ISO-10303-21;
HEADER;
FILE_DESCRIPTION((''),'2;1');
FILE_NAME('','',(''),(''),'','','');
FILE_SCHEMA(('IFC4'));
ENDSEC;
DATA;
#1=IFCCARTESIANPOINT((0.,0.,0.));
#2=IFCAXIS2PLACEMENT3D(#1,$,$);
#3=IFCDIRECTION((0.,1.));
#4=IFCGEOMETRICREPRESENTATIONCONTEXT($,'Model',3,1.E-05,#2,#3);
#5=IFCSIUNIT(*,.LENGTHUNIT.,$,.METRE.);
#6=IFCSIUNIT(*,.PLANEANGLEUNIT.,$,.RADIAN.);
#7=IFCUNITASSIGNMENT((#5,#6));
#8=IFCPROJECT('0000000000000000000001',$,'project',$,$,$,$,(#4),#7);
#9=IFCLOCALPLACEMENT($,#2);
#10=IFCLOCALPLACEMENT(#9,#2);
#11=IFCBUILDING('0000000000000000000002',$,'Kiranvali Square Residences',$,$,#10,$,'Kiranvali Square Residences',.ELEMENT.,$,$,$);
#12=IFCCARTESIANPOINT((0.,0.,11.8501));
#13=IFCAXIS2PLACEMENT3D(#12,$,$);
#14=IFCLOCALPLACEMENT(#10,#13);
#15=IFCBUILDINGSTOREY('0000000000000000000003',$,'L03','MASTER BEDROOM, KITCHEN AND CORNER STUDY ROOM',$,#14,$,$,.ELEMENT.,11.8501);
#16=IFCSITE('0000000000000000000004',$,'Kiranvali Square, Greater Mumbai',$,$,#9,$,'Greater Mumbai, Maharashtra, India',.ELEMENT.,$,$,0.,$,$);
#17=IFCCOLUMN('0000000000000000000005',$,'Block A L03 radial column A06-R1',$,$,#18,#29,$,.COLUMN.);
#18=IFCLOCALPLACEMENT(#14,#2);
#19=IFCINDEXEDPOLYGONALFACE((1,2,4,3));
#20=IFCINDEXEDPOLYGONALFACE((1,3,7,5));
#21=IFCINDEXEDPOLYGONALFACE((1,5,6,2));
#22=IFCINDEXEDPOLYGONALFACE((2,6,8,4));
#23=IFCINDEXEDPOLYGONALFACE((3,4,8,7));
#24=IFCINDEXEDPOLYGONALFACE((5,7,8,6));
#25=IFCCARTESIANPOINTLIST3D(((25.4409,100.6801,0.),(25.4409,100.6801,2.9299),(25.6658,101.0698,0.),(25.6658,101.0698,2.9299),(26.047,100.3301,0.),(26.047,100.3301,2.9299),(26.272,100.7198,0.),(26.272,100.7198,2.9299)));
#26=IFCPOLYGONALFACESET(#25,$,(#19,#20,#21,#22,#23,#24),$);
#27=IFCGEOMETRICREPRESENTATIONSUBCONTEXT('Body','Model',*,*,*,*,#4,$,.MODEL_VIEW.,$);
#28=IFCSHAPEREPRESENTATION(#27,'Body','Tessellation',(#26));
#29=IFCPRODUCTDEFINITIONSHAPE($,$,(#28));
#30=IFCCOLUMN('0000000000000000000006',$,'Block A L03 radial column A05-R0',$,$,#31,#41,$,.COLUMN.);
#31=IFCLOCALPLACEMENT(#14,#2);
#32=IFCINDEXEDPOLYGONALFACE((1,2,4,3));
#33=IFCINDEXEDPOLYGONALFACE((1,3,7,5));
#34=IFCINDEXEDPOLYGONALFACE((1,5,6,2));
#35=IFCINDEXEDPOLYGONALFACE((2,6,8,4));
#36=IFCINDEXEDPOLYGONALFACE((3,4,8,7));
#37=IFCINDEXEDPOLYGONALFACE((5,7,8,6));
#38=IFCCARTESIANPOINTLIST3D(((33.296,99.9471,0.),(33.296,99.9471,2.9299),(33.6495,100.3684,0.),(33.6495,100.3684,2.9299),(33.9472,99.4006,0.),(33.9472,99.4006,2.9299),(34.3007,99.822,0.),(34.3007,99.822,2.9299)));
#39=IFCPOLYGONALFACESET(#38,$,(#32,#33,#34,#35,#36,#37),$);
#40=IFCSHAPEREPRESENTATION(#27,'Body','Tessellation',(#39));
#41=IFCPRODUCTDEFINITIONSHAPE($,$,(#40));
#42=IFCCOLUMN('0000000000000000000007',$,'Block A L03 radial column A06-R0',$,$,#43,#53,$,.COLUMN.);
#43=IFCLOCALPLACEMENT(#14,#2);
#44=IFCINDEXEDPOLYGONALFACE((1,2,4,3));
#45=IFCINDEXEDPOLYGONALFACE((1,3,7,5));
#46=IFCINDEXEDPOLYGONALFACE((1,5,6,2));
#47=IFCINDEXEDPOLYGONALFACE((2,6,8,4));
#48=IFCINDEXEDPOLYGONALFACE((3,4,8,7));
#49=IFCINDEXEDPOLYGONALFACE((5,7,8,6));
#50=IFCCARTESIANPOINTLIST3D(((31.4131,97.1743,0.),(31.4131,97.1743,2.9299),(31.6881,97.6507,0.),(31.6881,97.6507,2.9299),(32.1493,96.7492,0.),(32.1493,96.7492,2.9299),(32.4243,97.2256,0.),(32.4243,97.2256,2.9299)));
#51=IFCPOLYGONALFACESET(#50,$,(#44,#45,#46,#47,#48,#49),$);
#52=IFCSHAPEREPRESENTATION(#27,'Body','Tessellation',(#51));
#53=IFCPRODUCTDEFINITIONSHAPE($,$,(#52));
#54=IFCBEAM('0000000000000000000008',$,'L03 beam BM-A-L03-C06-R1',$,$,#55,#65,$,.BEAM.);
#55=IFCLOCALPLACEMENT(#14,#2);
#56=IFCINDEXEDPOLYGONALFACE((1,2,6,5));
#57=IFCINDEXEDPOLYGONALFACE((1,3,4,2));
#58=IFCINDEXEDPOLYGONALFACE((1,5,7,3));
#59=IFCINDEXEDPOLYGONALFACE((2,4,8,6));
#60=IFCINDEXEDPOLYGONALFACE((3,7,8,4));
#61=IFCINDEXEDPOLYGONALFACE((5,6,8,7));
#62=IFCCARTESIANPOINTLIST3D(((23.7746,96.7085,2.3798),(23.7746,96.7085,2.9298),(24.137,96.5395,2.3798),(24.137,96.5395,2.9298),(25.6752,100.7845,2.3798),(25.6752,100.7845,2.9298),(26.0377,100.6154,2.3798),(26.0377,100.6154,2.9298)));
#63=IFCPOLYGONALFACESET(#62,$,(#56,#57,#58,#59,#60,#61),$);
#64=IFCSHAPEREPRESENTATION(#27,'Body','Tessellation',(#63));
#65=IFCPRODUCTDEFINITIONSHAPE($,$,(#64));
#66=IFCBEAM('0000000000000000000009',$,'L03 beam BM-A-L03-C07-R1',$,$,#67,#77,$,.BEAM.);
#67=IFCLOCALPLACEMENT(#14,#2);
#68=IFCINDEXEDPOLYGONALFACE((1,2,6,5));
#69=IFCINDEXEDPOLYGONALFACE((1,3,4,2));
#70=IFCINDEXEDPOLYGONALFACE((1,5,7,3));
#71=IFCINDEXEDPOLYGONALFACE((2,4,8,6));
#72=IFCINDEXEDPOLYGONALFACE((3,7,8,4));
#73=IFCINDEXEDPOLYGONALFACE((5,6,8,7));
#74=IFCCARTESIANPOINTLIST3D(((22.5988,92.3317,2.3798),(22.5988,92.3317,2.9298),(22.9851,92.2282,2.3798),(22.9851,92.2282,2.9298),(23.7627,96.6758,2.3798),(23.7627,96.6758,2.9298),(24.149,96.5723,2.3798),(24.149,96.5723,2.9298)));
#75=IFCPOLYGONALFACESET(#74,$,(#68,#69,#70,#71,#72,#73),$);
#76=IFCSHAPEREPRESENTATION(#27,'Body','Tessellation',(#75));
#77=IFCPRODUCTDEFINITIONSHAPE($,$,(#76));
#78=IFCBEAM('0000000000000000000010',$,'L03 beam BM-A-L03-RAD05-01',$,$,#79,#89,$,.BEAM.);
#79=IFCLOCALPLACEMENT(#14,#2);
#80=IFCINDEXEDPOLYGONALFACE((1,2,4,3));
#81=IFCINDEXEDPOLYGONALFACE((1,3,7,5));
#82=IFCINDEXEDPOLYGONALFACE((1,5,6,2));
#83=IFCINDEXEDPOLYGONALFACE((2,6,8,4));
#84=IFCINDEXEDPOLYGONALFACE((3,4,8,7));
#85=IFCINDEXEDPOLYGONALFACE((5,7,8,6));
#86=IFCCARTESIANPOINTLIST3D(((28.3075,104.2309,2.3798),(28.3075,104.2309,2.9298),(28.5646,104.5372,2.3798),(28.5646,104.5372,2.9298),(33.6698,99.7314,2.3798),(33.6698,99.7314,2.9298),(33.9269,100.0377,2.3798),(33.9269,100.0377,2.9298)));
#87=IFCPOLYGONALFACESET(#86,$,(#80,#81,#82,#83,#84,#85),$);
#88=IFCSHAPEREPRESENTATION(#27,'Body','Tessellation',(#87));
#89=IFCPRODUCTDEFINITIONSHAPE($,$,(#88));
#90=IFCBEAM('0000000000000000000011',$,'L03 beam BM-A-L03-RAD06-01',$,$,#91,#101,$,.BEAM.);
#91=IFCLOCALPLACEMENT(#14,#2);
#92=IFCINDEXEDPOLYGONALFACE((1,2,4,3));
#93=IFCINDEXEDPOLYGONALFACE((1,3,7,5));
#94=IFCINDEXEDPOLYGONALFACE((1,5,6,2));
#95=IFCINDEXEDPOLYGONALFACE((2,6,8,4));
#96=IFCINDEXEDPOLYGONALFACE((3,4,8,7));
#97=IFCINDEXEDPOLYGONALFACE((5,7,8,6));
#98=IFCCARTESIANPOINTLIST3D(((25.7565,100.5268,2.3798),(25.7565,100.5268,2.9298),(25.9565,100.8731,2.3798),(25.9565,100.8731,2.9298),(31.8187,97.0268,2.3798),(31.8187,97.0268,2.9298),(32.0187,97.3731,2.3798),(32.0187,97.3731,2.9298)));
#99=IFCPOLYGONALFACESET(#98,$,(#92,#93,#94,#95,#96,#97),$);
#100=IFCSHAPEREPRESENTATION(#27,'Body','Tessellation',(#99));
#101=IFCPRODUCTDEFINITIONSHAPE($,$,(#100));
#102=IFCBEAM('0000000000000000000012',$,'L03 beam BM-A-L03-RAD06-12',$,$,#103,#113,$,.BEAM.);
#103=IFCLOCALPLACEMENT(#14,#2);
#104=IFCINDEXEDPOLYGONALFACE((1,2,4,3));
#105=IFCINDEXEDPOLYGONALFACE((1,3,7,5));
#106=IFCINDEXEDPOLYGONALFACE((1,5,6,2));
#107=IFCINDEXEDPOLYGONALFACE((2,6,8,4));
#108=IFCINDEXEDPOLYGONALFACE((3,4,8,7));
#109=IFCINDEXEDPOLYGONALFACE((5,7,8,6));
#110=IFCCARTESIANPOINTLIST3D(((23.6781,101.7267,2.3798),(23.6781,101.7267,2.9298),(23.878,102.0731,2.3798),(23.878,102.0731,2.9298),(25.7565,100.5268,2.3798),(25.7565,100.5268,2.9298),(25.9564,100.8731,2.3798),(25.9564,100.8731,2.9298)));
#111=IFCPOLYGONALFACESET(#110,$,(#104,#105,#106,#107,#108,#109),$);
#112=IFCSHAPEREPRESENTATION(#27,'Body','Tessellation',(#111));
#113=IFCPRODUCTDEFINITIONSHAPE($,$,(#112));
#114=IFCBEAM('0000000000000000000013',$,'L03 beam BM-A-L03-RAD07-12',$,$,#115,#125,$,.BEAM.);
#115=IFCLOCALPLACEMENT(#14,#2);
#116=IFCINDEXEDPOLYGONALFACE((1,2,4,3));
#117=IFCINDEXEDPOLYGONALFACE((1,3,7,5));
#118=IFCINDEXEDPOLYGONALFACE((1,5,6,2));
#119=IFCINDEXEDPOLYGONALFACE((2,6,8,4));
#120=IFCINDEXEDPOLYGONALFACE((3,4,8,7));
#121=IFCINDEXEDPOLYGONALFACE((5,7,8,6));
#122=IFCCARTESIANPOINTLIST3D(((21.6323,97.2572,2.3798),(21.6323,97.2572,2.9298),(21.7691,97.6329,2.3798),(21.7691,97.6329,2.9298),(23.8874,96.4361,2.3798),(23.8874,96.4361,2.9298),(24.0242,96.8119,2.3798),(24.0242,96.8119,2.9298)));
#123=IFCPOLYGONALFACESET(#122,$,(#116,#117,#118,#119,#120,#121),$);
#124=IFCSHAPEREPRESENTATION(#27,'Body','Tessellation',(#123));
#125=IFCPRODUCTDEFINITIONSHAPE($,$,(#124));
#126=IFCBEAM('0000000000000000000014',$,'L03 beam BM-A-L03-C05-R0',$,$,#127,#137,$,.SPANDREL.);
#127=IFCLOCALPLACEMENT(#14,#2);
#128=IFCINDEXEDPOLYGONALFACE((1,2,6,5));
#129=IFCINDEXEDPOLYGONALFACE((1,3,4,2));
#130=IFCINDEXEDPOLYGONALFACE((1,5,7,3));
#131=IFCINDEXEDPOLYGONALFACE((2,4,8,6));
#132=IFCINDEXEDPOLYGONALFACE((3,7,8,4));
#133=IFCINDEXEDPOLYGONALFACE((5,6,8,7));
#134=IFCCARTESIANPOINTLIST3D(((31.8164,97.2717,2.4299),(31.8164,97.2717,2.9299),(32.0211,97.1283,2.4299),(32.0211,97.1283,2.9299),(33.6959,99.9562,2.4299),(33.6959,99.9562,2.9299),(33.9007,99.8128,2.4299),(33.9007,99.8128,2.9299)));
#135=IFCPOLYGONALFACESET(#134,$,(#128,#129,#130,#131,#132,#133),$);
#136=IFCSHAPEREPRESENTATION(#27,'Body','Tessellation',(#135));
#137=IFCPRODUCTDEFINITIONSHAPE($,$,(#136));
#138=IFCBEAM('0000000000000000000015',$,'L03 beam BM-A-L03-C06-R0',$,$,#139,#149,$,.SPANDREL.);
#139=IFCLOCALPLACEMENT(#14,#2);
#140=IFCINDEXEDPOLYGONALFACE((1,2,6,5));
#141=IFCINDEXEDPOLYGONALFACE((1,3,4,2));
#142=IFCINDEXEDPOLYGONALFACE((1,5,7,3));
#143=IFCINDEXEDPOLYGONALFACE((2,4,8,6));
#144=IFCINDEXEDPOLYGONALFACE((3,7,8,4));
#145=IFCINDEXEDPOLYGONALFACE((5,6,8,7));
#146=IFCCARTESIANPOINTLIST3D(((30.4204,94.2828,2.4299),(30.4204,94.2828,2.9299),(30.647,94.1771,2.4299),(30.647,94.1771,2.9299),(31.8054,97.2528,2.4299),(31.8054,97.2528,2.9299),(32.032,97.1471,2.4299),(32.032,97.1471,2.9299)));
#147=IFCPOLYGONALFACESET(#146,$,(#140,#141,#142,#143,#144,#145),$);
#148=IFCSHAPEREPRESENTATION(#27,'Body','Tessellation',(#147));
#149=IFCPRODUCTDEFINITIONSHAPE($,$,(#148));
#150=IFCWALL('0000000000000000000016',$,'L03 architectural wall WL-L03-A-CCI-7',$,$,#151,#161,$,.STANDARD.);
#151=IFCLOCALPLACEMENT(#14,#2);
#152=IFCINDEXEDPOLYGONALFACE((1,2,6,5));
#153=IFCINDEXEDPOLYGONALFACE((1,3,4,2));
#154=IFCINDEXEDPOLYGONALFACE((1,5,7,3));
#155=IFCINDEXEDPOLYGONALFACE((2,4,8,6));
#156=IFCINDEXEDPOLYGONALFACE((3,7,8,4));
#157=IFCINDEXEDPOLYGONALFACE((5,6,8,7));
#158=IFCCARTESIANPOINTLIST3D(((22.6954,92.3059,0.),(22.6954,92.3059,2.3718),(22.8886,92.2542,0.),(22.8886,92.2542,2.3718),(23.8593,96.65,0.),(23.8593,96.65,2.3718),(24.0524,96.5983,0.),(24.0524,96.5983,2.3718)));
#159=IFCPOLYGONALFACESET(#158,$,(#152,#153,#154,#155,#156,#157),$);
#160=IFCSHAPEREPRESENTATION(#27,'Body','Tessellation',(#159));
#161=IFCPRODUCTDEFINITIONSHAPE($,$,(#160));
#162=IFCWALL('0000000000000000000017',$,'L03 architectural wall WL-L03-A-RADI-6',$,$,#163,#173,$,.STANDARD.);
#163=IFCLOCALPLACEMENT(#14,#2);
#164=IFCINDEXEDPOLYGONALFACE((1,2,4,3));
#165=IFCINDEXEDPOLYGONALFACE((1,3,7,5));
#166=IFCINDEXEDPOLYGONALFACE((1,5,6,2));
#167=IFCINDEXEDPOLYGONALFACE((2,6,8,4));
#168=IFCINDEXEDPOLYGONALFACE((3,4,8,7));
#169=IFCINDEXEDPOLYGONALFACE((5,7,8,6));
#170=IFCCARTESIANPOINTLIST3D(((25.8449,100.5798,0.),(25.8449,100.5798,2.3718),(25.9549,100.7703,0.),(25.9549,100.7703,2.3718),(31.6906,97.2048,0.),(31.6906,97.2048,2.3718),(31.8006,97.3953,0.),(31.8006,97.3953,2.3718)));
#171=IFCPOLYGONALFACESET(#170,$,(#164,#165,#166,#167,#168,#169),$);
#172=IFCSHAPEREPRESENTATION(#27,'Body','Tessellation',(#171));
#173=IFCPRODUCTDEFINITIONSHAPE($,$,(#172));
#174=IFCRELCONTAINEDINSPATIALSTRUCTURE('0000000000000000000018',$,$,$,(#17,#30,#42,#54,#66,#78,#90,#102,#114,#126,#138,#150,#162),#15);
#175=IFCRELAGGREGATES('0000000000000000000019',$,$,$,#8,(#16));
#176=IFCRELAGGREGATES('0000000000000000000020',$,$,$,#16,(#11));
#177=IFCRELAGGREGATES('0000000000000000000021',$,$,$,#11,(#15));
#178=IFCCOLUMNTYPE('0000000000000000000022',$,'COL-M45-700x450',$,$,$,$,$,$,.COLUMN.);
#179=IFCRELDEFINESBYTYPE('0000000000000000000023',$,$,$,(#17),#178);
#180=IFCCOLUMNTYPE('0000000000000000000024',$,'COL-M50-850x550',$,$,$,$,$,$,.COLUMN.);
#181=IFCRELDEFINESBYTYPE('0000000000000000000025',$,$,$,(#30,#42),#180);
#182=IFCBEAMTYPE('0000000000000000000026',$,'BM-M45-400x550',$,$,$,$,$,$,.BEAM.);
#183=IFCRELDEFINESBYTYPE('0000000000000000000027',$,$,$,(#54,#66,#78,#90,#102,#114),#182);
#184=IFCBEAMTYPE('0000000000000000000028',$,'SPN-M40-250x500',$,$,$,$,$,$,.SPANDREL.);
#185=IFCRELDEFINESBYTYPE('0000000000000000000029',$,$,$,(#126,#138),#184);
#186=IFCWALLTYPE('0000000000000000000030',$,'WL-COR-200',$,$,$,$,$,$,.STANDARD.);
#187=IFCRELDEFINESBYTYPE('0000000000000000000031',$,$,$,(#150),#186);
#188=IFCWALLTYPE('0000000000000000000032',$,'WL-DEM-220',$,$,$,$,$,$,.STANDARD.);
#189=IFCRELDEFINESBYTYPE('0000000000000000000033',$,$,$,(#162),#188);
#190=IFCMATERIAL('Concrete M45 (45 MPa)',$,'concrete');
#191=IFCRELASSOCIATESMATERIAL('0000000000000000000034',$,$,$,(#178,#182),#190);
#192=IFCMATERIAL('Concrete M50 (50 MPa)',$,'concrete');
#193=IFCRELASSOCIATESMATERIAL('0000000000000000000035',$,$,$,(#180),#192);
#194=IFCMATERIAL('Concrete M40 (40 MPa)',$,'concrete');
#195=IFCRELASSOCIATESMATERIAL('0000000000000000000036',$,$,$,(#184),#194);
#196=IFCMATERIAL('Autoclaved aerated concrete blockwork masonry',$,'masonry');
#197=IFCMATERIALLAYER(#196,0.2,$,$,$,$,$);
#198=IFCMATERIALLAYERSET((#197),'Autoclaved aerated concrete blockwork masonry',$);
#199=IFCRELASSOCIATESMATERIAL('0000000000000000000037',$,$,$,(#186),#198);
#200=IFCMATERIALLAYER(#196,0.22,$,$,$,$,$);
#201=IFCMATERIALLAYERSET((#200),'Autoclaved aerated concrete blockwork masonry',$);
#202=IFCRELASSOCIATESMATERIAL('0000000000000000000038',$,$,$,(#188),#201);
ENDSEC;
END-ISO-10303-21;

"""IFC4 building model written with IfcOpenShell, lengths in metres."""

from ifc_helpers import new_model, si_unit, direction, frame, frame_2d, origin, origin_2d, place, context, subcontext, project, spatial, rectangle, extrude, material, layer, layer_set, material_profile, profile_set, type_object, element, save


model = new_model("IFC4")

# Units and contexts
model_context = context("Model", 3, precision=1e-05, world=origin(), true_north=direction((0.0, 1.0)))
body_context = subcontext(model_context, "Body", "Model", "MODEL_VIEW")
ifc_project = project(units=[si_unit("LENGTHUNIT", "METRE"), si_unit("PLANEANGLEUNIT", "RADIAN")], contexts=[model_context])

# Site, building, storey
site_placement = place(None, origin())
site = spatial("IfcSite", under=ifc_project, at=site_placement, Name="Kiranvali Square, Greater Mumbai", LongName="Greater Mumbai, Maharashtra, India", CompositionType="ELEMENT", RefElevation=0.0)
building_placement = place(site_placement, origin())
building = spatial("IfcBuilding", under=site, at=building_placement, Name="Kiranvali Square Residences", LongName="Kiranvali Square Residences", CompositionType="ELEMENT")
storey_placement = place(building_placement, frame((0.0, 0.0, 11.8501)))
storey = spatial("IfcBuildingStorey", under=building, at=storey_placement, Name="L03", Description="MASTER BEDROOM, KITCHEN AND CORNER STUDY ROOM", CompositionType="ELEMENT", Elevation=11.8501)

# Columns
ifc_material_1 = material(Name="Concrete M45 (45 MPa)", Category="concrete")
ifc_material_profile_1 = material_profile(ifc_material_1, rectangle(XDim=0.45, YDim=0.7, at=origin_2d()), Name="RC 700x450")
ifc_profile_set_1 = profile_set([ifc_material_profile_1], Name="Concrete M45 (45 MPa)")
column_type_1 = type_object("IfcColumnType", Name="COL-M45-700x450", PredefinedType="COLUMN", material=ifc_profile_set_1)
column_placement = place(storey_placement, frame((25.8564, 100.7, 0.0), z_axis=(0.0, 0.0, 1.0), x_axis=(0.5, 0.866025, 0.0)))
element("IfcColumn", 1, at=column_placement, inside=storey, type_object=column_type_1, Name="Block A L03 radial column A06-R1", PredefinedType="COLUMN", context=body_context, shape_type="SweptSolid", body=[
    extrude(rectangle(XDim=0.45, YDim=0.7, at=origin_2d()), origin(), (0.0, 0.0, 1.0), 2.9299),
])
ifc_material_2 = material(Name="Concrete M50 (50 MPa)", Category="concrete")
ifc_material_profile_2 = material_profile(ifc_material_2, rectangle(XDim=0.55, YDim=0.8501, at=origin_2d()), Name="RC 850x550")
ifc_profile_set_2 = profile_set([ifc_material_profile_2], Name="Concrete M50 (50 MPa)")
column_type_2 = type_object("IfcColumnType", Name="COL-M50-850x550", PredefinedType="COLUMN", material=ifc_profile_set_2)
for number, where, z_axis, x_axis, name in (
    (2, (33.7983, 99.8845, 0.0), (0.0, 0.0, 1.0), (0.642788, 0.766044, 0.0), "Block A L03 radial column A05-R0"),
    (3, (31.9187, 97.2, 0.0), (0.0, 0.0, 1.0), (0.5, 0.866025, 0.0), "Block A L03 radial column A06-R0"),
):
    element("IfcColumn", number, at=place(storey_placement, frame(where, z_axis=z_axis, x_axis=x_axis)), inside=storey, type_object=column_type_2, Name=name, PredefinedType="COLUMN", context=body_context, shape_type="SweptSolid", body=[
        extrude(rectangle(XDim=0.55, YDim=0.8501, at=origin_2d()), origin(), (0.0, 0.0, 1.0), 2.9299),
    ])

# Beams
ifc_material_profile_3 = material_profile(ifc_material_1, rectangle(XDim=0.3999, YDim=0.55, at=origin_2d()), Name="RC 400x550")
ifc_profile_set_3 = profile_set([ifc_material_profile_3], Name="Concrete M45 (45 MPa)")
beam_type_1 = type_object("IfcBeamType", Name="BM-M45-400x550", PredefinedType="BEAM", material=ifc_profile_set_3)
for number, where, z_axis, x_axis, name in (
    (4, (25.8564, 100.7, 2.6548), (-0.422618, -0.906308, 0.0), (0.906308, -0.422618, 0.0), "L03 beam BM-A-L03-C06-R1"),
    (5, (23.9558, 96.624, 2.6548), (-0.258788, -0.965934, 0.0), (0.965934, -0.258788, 0.0), "L03 beam BM-A-L03-C07-R1"),
):
    element("IfcBeam", number, at=place(storey_placement, frame(where, z_axis=z_axis, x_axis=x_axis)), inside=storey, type_object=beam_type_1, Name=name, PredefinedType="BEAM", context=body_context, shape_type="SweptSolid", body=[
        extrude(rectangle(XDim=0.3999, YDim=0.55, at=origin_2d()), origin(), (0.0, 0.0, 1.0), 4.4973),
    ])
for number, where, z_axis, x_axis, name in (
    (6, (33.7983, 99.8845, 2.6548), (-0.766044, 0.642788, 0.0), (-0.642788, -0.766044, 0.0), "L03 beam BM-A-L03-RAD05-01"),
    (7, (31.9187, 97.2, 2.6548), (-0.866028, 0.499995, 0.0), (-0.499995, -0.866028, 0.0), "L03 beam BM-A-L03-RAD06-01"),
):
    element("IfcBeam", number, at=place(storey_placement, frame(where, z_axis=z_axis, x_axis=x_axis)), inside=storey, type_object=beam_type_1, Name=name, PredefinedType="BEAM", context=body_context, shape_type="SweptSolid", body=[
        extrude(rectangle(XDim=0.3999, YDim=0.55, at=origin_2d()), origin(), (0.0, 0.0, 1.0), 7.0),
    ])
for number, where, z_axis, x_axis, name in (
    (8, (25.8564, 100.7, 2.6548), (-0.866025, 0.500001, 0.0), (-0.500001, -0.866025, 0.0), "L03 beam BM-A-L03-RAD06-12"),
    (9, (23.9558, 96.624, 2.6548), (-0.93966, 0.342111, 0.0), (-0.342111, -0.93966, 0.0), "L03 beam BM-A-L03-RAD07-12"),
):
    element("IfcBeam", number, at=place(storey_placement, frame(where, z_axis=z_axis, x_axis=x_axis)), inside=storey, type_object=beam_type_1, Name=name, PredefinedType="BEAM", context=body_context, shape_type="SweptSolid", body=[
        extrude(rectangle(XDim=0.3999, YDim=0.55, at=origin_2d()), origin(), (0.0, 0.0, 1.0), 2.3999),
    ])
ifc_material_3 = material(Name="Concrete M40 (40 MPa)", Category="concrete")
ifc_material_profile_4 = material_profile(ifc_material_3, rectangle(XDim=0.25, YDim=0.5, at=origin_2d()), Name="RC 250x500")
ifc_profile_set_4 = profile_set([ifc_material_profile_4], Name="Concrete M40 (40 MPa)")
beam_type_2 = type_object("IfcBeamType", Name="SPN-M40-250x500", PredefinedType="SPANDREL", material=ifc_profile_set_4)
for number, where, z_axis, x_axis, name in (
    (10, (33.7983, 99.8845, 2.6799), (-0.573552, -0.819169, 0.0), (0.819169, -0.573552, 0.0), "L03 beam BM-A-L03-C05-R0"),
    (11, (31.9187, 97.2, 2.6799), (-0.422641, -0.906297, 0.0), (0.906297, -0.422641, 0.0), "L03 beam BM-A-L03-C06-R0"),
):
    element("IfcBeam", number, at=place(storey_placement, frame(where, z_axis=z_axis, x_axis=x_axis)), inside=storey, type_object=beam_type_2, Name=name, PredefinedType="SPANDREL", context=body_context, shape_type="SweptSolid", body=[
        extrude(rectangle(XDim=0.25, YDim=0.5, at=origin_2d()), origin(), (0.0, 0.0, 1.0), 3.2771),
    ])

# Shared definitions
ifc_material_4 = material(Name="Autoclaved aerated concrete blockwork masonry", Category="masonry")
ifc_layer_1 = layer(ifc_material_4, 0.2)
ifc_layer_set_1 = layer_set([ifc_layer_1], Name="Autoclaved aerated concrete blockwork masonry")
wall_type_1 = type_object("IfcWallType", Name="WL-COR-200", PredefinedType="STANDARD", material=ifc_layer_set_1)

# Walls
wall_1_placement = place(storey_placement, frame((23.9558, 96.624, 0.0), z_axis=(0.0, 0.0, 1.0), x_axis=(-0.258788, -0.965934, 0.0)))
element("IfcWall", 12, at=wall_1_placement, inside=storey, type_object=wall_type_1, Name="L03 architectural wall WL-L03-A-CCI-7", PredefinedType="STANDARD", context=body_context, shape_type="SweptSolid", body=[
    extrude(rectangle(XDim=4.4973, YDim=0.2, at=frame_2d((2.2485, 0.0))), origin(), (0.0, 0.0, 1.0), 2.3718),
])
ifc_layer_2 = layer(ifc_material_4, 0.22)
ifc_layer_set_2 = layer_set([ifc_layer_2], Name="Autoclaved aerated concrete blockwork masonry")
wall_type_2 = type_object("IfcWallType", Name="WL-DEM-220", PredefinedType="STANDARD", material=ifc_layer_set_2)
wall_2_placement = place(storey_placement, frame((31.7456, 97.3, 0.0), z_axis=(0.0, 0.0, 1.0), x_axis=(-0.866027, 0.499998, 0.0)))
element("IfcWall", 13, at=wall_2_placement, inside=storey, type_object=wall_type_2, Name="L03 architectural wall WL-L03-A-RADI-6", PredefinedType="STANDARD", context=body_context, shape_type="SweptSolid", body=[
    extrude(rectangle(XDim=6.75, YDim=0.22, at=frame_2d((3.375, 0.0))), origin(), (0.0, 0.0, 1.0), 2.3718),
])

save(model, "model.ifc")
